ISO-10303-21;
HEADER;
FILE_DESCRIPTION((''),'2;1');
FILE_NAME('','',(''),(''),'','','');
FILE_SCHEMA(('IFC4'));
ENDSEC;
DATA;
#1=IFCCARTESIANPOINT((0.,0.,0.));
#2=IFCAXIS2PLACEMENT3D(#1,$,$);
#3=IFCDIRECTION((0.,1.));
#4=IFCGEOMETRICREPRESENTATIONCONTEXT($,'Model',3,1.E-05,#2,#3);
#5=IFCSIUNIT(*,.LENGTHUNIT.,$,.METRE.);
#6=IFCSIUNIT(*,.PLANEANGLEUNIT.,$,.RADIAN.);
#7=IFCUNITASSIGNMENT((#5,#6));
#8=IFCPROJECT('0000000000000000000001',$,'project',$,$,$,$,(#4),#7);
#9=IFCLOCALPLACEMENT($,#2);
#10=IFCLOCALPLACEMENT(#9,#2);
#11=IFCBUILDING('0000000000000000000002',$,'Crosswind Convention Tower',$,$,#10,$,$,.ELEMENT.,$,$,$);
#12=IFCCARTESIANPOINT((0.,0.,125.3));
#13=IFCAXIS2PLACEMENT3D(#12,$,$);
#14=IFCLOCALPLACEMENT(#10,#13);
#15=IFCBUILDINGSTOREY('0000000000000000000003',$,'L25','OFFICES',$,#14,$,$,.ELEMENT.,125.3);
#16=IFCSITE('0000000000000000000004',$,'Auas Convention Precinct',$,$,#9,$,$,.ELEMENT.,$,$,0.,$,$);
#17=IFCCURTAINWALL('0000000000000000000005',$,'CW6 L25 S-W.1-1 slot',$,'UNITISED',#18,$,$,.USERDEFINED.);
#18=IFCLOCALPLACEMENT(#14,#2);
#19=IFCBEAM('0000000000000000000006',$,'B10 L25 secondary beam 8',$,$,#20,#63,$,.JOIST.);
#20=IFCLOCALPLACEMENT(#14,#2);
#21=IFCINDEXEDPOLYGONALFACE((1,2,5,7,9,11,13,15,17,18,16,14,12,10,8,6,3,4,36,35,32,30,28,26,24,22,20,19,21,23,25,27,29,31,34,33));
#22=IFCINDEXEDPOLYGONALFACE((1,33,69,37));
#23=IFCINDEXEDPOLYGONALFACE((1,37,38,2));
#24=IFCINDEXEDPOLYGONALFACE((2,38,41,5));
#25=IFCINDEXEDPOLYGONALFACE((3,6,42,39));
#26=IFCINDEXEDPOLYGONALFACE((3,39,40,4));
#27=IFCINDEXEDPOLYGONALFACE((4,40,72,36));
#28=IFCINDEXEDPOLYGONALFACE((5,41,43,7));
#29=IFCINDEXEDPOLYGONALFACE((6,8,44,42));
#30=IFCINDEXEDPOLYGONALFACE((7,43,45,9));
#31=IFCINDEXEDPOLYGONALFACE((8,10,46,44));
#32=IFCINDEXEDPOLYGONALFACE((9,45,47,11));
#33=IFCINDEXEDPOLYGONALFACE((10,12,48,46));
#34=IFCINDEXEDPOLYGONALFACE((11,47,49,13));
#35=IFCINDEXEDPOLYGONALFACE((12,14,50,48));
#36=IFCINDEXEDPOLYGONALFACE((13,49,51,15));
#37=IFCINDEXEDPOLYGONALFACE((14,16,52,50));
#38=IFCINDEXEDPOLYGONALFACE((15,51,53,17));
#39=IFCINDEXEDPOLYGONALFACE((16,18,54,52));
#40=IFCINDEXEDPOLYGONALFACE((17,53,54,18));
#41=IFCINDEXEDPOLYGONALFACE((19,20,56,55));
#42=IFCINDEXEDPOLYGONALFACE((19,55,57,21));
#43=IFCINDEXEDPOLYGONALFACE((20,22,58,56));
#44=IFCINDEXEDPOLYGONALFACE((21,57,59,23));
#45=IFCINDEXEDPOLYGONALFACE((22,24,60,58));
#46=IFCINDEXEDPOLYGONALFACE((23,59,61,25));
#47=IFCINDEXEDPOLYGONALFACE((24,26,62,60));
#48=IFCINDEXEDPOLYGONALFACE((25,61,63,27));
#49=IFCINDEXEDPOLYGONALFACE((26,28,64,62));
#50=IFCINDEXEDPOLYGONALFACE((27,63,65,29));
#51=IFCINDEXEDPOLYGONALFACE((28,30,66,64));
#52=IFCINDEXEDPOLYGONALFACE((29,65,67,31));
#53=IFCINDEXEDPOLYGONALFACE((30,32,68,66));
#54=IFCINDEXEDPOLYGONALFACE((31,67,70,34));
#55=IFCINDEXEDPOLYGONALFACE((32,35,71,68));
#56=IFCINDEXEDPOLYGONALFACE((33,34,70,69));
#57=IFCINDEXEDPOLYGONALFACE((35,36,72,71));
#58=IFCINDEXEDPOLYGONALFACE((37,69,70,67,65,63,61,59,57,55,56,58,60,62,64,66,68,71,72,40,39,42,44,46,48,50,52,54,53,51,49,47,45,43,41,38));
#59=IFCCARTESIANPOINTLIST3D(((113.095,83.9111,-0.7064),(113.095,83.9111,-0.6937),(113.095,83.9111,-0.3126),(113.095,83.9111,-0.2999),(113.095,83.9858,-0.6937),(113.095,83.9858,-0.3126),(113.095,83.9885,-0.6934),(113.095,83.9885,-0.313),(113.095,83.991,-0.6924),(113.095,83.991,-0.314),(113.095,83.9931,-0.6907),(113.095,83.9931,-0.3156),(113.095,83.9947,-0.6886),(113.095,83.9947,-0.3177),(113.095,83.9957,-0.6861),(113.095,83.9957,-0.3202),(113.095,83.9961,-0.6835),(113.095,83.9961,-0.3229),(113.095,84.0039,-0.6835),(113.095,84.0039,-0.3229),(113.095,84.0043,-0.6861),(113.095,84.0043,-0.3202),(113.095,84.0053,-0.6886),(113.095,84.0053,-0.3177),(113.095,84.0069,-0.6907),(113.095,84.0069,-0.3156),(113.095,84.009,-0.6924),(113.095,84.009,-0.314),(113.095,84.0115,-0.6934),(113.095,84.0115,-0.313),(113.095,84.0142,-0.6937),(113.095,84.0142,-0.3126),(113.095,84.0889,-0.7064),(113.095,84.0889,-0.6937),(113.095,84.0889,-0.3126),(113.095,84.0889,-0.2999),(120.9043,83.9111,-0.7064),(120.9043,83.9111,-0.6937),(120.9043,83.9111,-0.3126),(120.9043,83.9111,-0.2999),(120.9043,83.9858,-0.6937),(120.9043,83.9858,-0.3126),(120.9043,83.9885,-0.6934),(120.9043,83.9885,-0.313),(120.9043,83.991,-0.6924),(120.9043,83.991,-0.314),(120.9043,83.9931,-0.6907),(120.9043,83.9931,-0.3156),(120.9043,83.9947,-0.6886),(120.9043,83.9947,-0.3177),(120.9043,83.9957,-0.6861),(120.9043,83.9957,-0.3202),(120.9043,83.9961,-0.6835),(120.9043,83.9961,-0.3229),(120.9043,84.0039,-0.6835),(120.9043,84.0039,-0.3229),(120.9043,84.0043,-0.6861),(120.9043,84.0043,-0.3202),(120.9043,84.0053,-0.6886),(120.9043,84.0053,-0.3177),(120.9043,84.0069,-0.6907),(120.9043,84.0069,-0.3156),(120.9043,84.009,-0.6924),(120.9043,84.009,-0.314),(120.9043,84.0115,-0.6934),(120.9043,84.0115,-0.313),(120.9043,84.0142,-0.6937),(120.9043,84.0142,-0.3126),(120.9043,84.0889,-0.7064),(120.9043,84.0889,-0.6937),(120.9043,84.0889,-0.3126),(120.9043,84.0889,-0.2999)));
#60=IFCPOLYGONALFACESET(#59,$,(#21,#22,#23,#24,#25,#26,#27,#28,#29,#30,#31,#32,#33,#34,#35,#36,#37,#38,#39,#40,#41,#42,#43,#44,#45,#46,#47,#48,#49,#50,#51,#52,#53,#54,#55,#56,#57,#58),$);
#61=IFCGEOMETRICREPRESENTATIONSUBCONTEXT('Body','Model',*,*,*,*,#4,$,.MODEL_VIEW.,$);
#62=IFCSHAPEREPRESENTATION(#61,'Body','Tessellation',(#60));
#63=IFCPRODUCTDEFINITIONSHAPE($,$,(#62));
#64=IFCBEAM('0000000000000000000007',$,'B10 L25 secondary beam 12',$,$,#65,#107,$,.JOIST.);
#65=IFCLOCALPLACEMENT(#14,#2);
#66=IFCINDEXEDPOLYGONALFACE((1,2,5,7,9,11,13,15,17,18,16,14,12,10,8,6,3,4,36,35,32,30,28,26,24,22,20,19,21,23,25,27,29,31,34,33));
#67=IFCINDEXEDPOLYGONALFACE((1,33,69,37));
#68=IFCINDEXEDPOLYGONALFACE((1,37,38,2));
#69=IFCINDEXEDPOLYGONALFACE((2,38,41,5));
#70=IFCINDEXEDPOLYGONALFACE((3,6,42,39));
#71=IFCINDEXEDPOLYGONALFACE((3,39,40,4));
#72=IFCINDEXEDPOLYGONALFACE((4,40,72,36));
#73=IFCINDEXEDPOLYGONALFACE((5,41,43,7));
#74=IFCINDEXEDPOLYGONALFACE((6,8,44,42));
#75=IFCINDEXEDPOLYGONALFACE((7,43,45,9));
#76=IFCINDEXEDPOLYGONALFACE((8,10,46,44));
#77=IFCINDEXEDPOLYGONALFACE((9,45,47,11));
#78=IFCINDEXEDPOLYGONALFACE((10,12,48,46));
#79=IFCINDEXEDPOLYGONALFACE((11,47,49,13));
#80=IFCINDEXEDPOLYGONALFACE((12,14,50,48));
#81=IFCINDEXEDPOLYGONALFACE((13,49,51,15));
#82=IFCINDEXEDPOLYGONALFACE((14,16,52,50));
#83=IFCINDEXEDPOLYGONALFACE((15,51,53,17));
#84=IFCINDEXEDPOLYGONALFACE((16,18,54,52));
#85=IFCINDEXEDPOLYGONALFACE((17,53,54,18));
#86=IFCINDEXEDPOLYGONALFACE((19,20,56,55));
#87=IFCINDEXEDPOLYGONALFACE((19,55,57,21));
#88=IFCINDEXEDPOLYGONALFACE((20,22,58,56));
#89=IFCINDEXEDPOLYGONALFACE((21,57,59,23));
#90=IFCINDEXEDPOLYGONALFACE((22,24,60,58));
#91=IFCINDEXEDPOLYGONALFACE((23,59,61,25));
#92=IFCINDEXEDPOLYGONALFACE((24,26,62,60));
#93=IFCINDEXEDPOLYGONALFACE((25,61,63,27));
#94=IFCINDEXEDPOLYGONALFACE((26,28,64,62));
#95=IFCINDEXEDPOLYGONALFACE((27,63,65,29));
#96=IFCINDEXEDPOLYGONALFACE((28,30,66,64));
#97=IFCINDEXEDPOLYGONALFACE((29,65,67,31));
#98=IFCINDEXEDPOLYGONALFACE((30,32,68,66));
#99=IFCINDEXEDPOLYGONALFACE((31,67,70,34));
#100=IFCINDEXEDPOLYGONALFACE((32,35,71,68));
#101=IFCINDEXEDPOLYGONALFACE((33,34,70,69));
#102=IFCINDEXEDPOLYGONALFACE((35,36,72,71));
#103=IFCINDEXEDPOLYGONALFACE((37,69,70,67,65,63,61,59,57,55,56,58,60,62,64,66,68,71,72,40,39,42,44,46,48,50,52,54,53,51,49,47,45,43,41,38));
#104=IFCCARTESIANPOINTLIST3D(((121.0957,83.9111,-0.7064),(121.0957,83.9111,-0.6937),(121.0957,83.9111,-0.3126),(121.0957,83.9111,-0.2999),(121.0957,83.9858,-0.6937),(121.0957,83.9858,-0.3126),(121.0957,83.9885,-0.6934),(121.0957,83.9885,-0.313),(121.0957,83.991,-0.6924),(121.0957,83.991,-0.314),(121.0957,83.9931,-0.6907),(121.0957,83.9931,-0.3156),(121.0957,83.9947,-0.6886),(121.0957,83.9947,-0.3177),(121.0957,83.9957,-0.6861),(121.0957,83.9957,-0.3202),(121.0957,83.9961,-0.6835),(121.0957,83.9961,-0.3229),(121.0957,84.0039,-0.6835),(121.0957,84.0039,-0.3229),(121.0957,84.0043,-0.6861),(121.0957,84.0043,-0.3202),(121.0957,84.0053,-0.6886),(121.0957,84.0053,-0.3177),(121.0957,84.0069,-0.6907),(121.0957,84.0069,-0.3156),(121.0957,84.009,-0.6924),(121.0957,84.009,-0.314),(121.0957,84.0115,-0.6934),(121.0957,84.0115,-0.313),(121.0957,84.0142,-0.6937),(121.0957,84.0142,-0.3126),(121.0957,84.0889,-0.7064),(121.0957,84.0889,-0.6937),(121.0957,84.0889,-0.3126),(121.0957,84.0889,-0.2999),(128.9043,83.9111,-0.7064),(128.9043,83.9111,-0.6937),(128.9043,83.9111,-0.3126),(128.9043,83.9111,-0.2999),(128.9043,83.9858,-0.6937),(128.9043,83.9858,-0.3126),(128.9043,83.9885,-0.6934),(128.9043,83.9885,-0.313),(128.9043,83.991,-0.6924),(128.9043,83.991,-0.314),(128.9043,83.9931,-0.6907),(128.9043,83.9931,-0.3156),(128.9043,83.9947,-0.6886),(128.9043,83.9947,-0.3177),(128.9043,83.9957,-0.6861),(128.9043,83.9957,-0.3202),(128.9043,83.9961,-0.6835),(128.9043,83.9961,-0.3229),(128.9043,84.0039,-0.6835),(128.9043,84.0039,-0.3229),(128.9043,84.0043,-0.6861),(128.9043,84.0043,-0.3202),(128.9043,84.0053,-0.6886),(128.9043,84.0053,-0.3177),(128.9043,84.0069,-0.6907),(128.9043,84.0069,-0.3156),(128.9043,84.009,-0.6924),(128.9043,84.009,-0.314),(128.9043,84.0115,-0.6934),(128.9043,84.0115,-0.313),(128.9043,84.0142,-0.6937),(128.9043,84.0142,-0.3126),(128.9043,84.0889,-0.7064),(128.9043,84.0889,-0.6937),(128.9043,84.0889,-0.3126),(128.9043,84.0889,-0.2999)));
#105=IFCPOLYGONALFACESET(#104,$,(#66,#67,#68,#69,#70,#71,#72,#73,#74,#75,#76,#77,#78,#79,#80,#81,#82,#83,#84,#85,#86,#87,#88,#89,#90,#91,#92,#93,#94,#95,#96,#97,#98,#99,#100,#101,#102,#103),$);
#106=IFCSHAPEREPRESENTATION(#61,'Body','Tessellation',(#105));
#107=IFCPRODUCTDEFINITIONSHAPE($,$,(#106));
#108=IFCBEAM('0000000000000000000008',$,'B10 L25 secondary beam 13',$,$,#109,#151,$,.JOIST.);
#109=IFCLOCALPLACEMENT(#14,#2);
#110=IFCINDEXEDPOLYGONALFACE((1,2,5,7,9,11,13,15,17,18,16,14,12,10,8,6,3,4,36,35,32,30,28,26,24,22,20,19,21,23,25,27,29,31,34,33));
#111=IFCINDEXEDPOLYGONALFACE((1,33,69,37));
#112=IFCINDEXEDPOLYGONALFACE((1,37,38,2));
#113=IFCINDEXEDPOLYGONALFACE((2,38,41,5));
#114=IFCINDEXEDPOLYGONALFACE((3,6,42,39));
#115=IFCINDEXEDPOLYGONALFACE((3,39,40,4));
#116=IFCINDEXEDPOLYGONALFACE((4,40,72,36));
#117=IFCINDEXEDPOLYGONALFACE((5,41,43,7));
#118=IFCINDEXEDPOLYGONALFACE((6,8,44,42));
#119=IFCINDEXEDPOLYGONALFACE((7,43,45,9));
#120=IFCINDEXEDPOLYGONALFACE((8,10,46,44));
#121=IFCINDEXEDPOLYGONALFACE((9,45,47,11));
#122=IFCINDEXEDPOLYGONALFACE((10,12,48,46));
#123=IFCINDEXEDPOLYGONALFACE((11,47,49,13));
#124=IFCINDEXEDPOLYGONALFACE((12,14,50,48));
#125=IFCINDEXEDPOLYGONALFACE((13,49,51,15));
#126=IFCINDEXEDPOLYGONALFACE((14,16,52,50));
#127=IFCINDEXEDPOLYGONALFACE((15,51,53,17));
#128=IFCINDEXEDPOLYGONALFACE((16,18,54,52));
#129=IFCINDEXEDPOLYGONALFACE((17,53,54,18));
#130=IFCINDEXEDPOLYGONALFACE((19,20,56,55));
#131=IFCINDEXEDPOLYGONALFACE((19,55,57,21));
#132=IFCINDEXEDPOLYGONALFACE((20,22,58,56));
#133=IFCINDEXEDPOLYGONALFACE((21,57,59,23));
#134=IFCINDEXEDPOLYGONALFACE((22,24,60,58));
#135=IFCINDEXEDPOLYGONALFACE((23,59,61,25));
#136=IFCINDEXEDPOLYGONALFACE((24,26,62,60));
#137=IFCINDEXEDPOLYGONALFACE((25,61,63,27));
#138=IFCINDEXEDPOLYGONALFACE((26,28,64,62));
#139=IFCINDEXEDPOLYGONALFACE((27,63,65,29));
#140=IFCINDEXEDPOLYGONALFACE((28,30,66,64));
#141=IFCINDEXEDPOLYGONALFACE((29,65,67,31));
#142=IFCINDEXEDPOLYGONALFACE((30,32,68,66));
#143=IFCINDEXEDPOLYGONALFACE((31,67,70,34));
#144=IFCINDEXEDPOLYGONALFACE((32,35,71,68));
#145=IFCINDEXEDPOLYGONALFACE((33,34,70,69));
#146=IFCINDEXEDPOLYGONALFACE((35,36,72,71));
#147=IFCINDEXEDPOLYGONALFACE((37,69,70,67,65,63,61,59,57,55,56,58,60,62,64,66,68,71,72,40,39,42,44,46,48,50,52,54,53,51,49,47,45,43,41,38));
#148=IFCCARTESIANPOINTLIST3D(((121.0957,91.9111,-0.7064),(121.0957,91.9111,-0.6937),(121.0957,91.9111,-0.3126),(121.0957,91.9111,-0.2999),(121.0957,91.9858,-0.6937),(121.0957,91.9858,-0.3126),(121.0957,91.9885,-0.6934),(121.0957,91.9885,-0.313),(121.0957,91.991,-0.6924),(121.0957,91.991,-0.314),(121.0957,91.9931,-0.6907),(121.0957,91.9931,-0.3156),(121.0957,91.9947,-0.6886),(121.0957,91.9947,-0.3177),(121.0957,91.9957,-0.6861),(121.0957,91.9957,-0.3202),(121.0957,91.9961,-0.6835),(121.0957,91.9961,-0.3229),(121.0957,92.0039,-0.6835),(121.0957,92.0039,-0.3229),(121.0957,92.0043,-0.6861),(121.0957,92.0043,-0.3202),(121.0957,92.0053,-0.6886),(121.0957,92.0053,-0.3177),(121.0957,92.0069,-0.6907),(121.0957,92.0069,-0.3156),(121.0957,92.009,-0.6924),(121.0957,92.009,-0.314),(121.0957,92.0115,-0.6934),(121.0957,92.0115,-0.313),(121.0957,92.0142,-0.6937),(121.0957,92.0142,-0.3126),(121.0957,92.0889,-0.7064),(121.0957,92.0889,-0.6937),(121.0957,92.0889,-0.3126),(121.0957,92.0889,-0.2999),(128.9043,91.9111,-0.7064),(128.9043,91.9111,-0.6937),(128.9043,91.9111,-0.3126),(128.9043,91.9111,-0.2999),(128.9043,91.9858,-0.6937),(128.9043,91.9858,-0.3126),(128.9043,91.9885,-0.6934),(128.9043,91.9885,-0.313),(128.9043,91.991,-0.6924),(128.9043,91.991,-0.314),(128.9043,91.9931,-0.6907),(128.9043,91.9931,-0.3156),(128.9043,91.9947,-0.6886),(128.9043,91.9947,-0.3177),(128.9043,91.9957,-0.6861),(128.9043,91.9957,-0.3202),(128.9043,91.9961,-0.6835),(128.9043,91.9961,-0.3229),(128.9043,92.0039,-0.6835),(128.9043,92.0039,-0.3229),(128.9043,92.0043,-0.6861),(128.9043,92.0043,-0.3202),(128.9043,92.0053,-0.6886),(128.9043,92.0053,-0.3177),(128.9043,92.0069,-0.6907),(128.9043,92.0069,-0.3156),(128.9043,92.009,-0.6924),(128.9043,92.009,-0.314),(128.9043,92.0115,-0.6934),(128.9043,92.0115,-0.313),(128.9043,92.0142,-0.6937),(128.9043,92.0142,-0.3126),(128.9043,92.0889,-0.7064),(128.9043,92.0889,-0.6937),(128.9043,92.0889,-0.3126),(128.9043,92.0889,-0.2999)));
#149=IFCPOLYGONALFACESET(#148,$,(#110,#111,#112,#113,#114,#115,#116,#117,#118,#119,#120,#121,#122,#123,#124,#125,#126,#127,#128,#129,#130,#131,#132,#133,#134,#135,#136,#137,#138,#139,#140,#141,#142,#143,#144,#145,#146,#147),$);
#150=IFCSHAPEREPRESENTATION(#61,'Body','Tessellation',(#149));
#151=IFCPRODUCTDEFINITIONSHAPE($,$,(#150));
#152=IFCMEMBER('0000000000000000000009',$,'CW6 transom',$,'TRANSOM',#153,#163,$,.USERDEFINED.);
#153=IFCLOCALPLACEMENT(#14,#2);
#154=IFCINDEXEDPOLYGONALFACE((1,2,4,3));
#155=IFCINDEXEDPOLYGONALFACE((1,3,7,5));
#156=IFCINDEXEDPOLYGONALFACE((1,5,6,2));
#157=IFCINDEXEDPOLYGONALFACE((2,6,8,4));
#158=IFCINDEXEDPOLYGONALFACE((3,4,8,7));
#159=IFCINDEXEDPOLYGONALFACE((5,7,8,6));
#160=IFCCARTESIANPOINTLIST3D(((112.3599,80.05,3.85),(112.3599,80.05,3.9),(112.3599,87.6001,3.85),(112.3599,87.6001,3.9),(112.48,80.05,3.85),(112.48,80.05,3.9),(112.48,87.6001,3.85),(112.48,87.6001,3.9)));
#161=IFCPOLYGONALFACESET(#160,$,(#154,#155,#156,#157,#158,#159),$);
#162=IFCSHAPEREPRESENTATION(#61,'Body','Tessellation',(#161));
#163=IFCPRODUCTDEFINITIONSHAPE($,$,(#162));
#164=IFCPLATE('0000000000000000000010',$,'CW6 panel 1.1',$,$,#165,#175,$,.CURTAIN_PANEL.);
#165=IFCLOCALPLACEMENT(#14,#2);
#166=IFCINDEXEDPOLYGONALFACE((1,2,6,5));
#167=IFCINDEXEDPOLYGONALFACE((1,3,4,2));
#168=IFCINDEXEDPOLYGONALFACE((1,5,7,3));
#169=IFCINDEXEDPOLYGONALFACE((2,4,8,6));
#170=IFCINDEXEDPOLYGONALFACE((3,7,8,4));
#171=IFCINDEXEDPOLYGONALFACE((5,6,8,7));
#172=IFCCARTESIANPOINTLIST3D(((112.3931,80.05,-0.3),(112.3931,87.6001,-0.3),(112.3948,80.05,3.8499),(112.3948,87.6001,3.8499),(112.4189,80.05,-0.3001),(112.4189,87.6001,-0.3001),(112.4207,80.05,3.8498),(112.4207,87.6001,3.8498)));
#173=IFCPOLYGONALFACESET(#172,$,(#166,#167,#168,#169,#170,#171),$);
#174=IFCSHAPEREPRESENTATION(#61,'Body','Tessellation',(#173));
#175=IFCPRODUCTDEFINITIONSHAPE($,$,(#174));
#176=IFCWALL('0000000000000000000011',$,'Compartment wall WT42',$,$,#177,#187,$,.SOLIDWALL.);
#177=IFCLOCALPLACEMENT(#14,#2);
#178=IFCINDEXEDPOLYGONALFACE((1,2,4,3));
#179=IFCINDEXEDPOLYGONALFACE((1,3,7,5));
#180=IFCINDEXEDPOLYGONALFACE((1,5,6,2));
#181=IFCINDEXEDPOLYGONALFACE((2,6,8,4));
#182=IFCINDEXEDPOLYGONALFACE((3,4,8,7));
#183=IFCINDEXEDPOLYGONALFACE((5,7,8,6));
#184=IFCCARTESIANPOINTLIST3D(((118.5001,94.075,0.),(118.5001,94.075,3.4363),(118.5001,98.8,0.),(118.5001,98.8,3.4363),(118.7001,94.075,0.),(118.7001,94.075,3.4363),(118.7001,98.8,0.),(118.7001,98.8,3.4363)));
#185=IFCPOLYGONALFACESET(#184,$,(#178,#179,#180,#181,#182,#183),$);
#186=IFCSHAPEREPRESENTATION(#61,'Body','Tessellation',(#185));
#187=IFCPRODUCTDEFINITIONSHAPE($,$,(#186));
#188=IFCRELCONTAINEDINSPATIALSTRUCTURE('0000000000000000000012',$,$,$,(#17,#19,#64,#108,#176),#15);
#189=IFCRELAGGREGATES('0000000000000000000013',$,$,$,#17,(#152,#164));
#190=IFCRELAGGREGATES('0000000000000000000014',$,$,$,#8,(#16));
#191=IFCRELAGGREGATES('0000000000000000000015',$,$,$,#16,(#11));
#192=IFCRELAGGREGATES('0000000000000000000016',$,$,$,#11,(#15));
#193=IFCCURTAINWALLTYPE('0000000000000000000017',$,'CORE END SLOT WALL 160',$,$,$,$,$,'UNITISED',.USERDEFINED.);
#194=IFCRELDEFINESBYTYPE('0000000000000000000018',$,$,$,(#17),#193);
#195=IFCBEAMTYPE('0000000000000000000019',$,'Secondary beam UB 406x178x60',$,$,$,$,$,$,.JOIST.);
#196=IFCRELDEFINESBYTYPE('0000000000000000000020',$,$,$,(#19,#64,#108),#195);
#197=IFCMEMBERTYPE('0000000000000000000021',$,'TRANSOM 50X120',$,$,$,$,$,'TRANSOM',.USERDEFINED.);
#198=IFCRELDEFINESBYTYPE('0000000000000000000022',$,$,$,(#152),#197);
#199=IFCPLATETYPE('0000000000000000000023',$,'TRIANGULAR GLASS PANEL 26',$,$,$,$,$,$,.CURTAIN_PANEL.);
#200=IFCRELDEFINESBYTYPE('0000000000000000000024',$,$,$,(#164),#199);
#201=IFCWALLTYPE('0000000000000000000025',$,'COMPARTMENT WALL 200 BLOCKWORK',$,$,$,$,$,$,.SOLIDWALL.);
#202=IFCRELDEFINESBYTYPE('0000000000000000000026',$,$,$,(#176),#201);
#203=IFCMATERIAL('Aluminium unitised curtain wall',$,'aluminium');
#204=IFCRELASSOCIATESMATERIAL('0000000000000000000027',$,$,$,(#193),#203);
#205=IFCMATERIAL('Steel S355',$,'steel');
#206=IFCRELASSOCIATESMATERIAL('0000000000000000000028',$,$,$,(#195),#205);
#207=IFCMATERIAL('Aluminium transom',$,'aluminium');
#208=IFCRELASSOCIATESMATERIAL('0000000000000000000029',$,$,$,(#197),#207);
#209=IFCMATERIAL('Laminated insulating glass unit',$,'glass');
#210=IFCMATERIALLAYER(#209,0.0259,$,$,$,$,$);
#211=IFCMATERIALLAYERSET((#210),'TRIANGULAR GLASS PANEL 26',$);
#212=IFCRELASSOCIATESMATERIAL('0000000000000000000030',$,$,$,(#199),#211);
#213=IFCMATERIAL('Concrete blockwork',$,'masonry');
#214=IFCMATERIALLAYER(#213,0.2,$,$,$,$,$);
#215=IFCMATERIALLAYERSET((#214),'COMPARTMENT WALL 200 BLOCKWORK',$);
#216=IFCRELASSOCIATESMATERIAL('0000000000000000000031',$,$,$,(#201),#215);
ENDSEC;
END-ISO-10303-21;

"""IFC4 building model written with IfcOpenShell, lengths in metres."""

from ifc_helpers import new_model, si_unit, direction, frame, frame_2d, origin, origin_2d, place, context, subcontext, project, spatial, polyline, rectangle, i_section, outline, extrude, material, layer, layer_set, material_profile, profile_set, type_object, element, aggregate, save


model = new_model("IFC4")

# Units and contexts
model_context = context("Model", 3, precision=1e-05, world=origin(), true_north=direction((0.0, 1.0)))
body_context = subcontext(model_context, "Body", "Model", "MODEL_VIEW")
ifc_project = project(units=[si_unit("LENGTHUNIT", "METRE"), si_unit("PLANEANGLEUNIT", "RADIAN")], contexts=[model_context])

# Site, building, storey
site_placement = place(None, origin())
site = spatial("IfcSite", under=ifc_project, at=site_placement, Name="Auas Convention Precinct", CompositionType="ELEMENT", RefElevation=0.0)
building_placement = place(site_placement, origin())
building = spatial("IfcBuilding", under=site, at=building_placement, Name="Crosswind Convention Tower", CompositionType="ELEMENT")
storey_placement = place(building_placement, frame((0.0, 0.0, 125.3)))
storey = spatial("IfcBuildingStorey", under=building, at=storey_placement, Name="L25", Description="OFFICES", CompositionType="ELEMENT", Elevation=125.3)

# Shared definitions
ifc_material_1 = material(Name="Steel S355", Category="steel")

# Curtain wall
ifc_material_2 = material(Name="Aluminium unitised curtain wall", Category="aluminium")
curtain_wall_type = type_object("IfcCurtainWallType", Name="CORE END SLOT WALL 160", ElementType="UNITISED", PredefinedType="USERDEFINED", material=ifc_material_2)
curtain_wall_placement = place(storey_placement, origin())
curtain_wall = element("IfcCurtainWall", 1, at=curtain_wall_placement, inside=storey, type_object=curtain_wall_type, Name="CW6 L25 S-W.1-1 slot", ObjectType="UNITISED", PredefinedType="USERDEFINED")

# Beams
ifc_material_profile_1 = material_profile(ifc_material_1, i_section(OverallWidth=0.1777, OverallDepth=0.4065, WebThickness=0.0078, FlangeThickness=0.0127, FilletRadius=0.0103, at=origin_2d()), Name="UB 406x178x60")
ifc_profile_set_1 = profile_set([ifc_material_profile_1], Name="Steel S355")
beam_type_1 = type_object("IfcBeamType", Name="Secondary beam UB 406x178x60", PredefinedType="JOIST", material=ifc_profile_set_1)
beam_1_placement = place(storey_placement, frame((113.095, 84.0, -0.5032), z_axis=(1.0, 0.0, 0.0), x_axis=(0.0, 1.0, 0.0)))
element("IfcBeam", 2, at=beam_1_placement, inside=storey, type_object=beam_type_1, Name="B10 L25 secondary beam 8", PredefinedType="JOIST", context=body_context, shape_type="SweptSolid", body=[
    extrude(i_section(OverallWidth=0.1777, OverallDepth=0.4065, WebThickness=0.0078, FlangeThickness=0.0127, FilletRadius=0.0103, at=origin_2d()), origin(), (0.0, 0.0, 1.0), 7.8093),
])
for number, where, z_axis, x_axis, name in (
    (3, (121.0957, 84.0, -0.5032), (1.0, 0.0, 0.0), (0.0, 1.0, 0.0), "B10 L25 secondary beam 12"),
    (4, (121.0957, 92.0, -0.5032), (1.0, 0.0, 0.0), (0.0, 1.0, 0.0), "B10 L25 secondary beam 13"),
):
    element("IfcBeam", number, at=place(storey_placement, frame(where, z_axis=z_axis, x_axis=x_axis)), inside=storey, type_object=beam_type_1, Name=name, PredefinedType="JOIST", context=body_context, shape_type="SweptSolid", body=[
        extrude(i_section(OverallWidth=0.1777, OverallDepth=0.4065, WebThickness=0.0078, FlangeThickness=0.0127, FilletRadius=0.0103, at=origin_2d()), origin(), (0.0, 0.0, 1.0), 7.8086),
    ])

# Member
ifc_material_3 = material(Name="Aluminium transom", Category="aluminium")
ifc_material_profile_2 = material_profile(ifc_material_3, rectangle(XDim=0.1201, YDim=0.05, at=origin_2d()), Name="AL 120X50")
ifc_profile_set_2 = profile_set([ifc_material_profile_2], Name="Aluminium transom")
member_type_1 = type_object("IfcMemberType", Name="TRANSOM 50X120", ElementType="TRANSOM", PredefinedType="USERDEFINED", material=ifc_profile_set_2)
member_1_placement = place(storey_placement, frame((112.4199, 87.6001, 3.875), z_axis=(0.0, -1.0, 0.0), x_axis=(1.0, 0.0, 0.0)))
member_1 = element("IfcMember", 5, at=member_1_placement, type_object=member_type_1, Name="CW6 transom", ObjectType="TRANSOM", PredefinedType="USERDEFINED", context=body_context, shape_type="SweptSolid", body=[
    extrude(rectangle(XDim=0.1201, YDim=0.05, at=origin_2d()), origin(), (0.0, 0.0, 1.0), 7.55),
])

# Plate
ifc_material_4 = material(Name="Laminated insulating glass unit", Category="glass")
ifc_layer_1 = layer(ifc_material_4, 0.0259)
ifc_layer_set_1 = layer_set([ifc_layer_1], Name="TRIANGULAR GLASS PANEL 26")
plate_type = type_object("IfcPlateType", Name="TRIANGULAR GLASS PANEL 26", PredefinedType="CURTAIN_PANEL", material=ifc_layer_set_1)
plate_placement = place(storey_placement, frame((112.3931, 87.6001, -0.3), z_axis=(-1.0, 0.0, 0.000412), x_axis=(0.0, -1.0, 0.0)))
plate = element("IfcPlate", 6, at=plate_placement, type_object=plate_type, Name="CW6 panel 1.1", PredefinedType="CURTAIN_PANEL", context=body_context, shape_type="SweptSolid", body=[
    extrude(outline(polyline([(0.0, 0.0), (7.55, 0.0), (7.55, 4.1499), (0.0, 4.1499), (0.0, 0.0)])), origin(), (0.0, 0.0, -1.0), 0.0259),
])
aggregate(curtain_wall, [member_1, plate])

# Wall
ifc_material_5 = material(Name="Concrete blockwork", Category="masonry")
ifc_layer_2 = layer(ifc_material_5, 0.2)
ifc_layer_set_2 = layer_set([ifc_layer_2], Name="COMPARTMENT WALL 200 BLOCKWORK")
wall_type_1 = type_object("IfcWallType", Name="COMPARTMENT WALL 200 BLOCKWORK", PredefinedType="SOLIDWALL", material=ifc_layer_set_2)
wall_1_placement = place(storey_placement, frame((118.6001, 94.075, 0.0), z_axis=(0.0, 0.0, 1.0), x_axis=(0.0, 1.0, 0.0)))
element("IfcWall", 7, at=wall_1_placement, inside=storey, type_object=wall_type_1, Name="Compartment wall WT42", PredefinedType="SOLIDWALL", context=body_context, shape_type="SweptSolid", body=[
    extrude(rectangle(XDim=4.7251, YDim=0.2, at=frame_2d((2.3625, 0.0))), origin(), (0.0, 0.0, 1.0), 3.4363),
])

save(model, "model.ifc")
